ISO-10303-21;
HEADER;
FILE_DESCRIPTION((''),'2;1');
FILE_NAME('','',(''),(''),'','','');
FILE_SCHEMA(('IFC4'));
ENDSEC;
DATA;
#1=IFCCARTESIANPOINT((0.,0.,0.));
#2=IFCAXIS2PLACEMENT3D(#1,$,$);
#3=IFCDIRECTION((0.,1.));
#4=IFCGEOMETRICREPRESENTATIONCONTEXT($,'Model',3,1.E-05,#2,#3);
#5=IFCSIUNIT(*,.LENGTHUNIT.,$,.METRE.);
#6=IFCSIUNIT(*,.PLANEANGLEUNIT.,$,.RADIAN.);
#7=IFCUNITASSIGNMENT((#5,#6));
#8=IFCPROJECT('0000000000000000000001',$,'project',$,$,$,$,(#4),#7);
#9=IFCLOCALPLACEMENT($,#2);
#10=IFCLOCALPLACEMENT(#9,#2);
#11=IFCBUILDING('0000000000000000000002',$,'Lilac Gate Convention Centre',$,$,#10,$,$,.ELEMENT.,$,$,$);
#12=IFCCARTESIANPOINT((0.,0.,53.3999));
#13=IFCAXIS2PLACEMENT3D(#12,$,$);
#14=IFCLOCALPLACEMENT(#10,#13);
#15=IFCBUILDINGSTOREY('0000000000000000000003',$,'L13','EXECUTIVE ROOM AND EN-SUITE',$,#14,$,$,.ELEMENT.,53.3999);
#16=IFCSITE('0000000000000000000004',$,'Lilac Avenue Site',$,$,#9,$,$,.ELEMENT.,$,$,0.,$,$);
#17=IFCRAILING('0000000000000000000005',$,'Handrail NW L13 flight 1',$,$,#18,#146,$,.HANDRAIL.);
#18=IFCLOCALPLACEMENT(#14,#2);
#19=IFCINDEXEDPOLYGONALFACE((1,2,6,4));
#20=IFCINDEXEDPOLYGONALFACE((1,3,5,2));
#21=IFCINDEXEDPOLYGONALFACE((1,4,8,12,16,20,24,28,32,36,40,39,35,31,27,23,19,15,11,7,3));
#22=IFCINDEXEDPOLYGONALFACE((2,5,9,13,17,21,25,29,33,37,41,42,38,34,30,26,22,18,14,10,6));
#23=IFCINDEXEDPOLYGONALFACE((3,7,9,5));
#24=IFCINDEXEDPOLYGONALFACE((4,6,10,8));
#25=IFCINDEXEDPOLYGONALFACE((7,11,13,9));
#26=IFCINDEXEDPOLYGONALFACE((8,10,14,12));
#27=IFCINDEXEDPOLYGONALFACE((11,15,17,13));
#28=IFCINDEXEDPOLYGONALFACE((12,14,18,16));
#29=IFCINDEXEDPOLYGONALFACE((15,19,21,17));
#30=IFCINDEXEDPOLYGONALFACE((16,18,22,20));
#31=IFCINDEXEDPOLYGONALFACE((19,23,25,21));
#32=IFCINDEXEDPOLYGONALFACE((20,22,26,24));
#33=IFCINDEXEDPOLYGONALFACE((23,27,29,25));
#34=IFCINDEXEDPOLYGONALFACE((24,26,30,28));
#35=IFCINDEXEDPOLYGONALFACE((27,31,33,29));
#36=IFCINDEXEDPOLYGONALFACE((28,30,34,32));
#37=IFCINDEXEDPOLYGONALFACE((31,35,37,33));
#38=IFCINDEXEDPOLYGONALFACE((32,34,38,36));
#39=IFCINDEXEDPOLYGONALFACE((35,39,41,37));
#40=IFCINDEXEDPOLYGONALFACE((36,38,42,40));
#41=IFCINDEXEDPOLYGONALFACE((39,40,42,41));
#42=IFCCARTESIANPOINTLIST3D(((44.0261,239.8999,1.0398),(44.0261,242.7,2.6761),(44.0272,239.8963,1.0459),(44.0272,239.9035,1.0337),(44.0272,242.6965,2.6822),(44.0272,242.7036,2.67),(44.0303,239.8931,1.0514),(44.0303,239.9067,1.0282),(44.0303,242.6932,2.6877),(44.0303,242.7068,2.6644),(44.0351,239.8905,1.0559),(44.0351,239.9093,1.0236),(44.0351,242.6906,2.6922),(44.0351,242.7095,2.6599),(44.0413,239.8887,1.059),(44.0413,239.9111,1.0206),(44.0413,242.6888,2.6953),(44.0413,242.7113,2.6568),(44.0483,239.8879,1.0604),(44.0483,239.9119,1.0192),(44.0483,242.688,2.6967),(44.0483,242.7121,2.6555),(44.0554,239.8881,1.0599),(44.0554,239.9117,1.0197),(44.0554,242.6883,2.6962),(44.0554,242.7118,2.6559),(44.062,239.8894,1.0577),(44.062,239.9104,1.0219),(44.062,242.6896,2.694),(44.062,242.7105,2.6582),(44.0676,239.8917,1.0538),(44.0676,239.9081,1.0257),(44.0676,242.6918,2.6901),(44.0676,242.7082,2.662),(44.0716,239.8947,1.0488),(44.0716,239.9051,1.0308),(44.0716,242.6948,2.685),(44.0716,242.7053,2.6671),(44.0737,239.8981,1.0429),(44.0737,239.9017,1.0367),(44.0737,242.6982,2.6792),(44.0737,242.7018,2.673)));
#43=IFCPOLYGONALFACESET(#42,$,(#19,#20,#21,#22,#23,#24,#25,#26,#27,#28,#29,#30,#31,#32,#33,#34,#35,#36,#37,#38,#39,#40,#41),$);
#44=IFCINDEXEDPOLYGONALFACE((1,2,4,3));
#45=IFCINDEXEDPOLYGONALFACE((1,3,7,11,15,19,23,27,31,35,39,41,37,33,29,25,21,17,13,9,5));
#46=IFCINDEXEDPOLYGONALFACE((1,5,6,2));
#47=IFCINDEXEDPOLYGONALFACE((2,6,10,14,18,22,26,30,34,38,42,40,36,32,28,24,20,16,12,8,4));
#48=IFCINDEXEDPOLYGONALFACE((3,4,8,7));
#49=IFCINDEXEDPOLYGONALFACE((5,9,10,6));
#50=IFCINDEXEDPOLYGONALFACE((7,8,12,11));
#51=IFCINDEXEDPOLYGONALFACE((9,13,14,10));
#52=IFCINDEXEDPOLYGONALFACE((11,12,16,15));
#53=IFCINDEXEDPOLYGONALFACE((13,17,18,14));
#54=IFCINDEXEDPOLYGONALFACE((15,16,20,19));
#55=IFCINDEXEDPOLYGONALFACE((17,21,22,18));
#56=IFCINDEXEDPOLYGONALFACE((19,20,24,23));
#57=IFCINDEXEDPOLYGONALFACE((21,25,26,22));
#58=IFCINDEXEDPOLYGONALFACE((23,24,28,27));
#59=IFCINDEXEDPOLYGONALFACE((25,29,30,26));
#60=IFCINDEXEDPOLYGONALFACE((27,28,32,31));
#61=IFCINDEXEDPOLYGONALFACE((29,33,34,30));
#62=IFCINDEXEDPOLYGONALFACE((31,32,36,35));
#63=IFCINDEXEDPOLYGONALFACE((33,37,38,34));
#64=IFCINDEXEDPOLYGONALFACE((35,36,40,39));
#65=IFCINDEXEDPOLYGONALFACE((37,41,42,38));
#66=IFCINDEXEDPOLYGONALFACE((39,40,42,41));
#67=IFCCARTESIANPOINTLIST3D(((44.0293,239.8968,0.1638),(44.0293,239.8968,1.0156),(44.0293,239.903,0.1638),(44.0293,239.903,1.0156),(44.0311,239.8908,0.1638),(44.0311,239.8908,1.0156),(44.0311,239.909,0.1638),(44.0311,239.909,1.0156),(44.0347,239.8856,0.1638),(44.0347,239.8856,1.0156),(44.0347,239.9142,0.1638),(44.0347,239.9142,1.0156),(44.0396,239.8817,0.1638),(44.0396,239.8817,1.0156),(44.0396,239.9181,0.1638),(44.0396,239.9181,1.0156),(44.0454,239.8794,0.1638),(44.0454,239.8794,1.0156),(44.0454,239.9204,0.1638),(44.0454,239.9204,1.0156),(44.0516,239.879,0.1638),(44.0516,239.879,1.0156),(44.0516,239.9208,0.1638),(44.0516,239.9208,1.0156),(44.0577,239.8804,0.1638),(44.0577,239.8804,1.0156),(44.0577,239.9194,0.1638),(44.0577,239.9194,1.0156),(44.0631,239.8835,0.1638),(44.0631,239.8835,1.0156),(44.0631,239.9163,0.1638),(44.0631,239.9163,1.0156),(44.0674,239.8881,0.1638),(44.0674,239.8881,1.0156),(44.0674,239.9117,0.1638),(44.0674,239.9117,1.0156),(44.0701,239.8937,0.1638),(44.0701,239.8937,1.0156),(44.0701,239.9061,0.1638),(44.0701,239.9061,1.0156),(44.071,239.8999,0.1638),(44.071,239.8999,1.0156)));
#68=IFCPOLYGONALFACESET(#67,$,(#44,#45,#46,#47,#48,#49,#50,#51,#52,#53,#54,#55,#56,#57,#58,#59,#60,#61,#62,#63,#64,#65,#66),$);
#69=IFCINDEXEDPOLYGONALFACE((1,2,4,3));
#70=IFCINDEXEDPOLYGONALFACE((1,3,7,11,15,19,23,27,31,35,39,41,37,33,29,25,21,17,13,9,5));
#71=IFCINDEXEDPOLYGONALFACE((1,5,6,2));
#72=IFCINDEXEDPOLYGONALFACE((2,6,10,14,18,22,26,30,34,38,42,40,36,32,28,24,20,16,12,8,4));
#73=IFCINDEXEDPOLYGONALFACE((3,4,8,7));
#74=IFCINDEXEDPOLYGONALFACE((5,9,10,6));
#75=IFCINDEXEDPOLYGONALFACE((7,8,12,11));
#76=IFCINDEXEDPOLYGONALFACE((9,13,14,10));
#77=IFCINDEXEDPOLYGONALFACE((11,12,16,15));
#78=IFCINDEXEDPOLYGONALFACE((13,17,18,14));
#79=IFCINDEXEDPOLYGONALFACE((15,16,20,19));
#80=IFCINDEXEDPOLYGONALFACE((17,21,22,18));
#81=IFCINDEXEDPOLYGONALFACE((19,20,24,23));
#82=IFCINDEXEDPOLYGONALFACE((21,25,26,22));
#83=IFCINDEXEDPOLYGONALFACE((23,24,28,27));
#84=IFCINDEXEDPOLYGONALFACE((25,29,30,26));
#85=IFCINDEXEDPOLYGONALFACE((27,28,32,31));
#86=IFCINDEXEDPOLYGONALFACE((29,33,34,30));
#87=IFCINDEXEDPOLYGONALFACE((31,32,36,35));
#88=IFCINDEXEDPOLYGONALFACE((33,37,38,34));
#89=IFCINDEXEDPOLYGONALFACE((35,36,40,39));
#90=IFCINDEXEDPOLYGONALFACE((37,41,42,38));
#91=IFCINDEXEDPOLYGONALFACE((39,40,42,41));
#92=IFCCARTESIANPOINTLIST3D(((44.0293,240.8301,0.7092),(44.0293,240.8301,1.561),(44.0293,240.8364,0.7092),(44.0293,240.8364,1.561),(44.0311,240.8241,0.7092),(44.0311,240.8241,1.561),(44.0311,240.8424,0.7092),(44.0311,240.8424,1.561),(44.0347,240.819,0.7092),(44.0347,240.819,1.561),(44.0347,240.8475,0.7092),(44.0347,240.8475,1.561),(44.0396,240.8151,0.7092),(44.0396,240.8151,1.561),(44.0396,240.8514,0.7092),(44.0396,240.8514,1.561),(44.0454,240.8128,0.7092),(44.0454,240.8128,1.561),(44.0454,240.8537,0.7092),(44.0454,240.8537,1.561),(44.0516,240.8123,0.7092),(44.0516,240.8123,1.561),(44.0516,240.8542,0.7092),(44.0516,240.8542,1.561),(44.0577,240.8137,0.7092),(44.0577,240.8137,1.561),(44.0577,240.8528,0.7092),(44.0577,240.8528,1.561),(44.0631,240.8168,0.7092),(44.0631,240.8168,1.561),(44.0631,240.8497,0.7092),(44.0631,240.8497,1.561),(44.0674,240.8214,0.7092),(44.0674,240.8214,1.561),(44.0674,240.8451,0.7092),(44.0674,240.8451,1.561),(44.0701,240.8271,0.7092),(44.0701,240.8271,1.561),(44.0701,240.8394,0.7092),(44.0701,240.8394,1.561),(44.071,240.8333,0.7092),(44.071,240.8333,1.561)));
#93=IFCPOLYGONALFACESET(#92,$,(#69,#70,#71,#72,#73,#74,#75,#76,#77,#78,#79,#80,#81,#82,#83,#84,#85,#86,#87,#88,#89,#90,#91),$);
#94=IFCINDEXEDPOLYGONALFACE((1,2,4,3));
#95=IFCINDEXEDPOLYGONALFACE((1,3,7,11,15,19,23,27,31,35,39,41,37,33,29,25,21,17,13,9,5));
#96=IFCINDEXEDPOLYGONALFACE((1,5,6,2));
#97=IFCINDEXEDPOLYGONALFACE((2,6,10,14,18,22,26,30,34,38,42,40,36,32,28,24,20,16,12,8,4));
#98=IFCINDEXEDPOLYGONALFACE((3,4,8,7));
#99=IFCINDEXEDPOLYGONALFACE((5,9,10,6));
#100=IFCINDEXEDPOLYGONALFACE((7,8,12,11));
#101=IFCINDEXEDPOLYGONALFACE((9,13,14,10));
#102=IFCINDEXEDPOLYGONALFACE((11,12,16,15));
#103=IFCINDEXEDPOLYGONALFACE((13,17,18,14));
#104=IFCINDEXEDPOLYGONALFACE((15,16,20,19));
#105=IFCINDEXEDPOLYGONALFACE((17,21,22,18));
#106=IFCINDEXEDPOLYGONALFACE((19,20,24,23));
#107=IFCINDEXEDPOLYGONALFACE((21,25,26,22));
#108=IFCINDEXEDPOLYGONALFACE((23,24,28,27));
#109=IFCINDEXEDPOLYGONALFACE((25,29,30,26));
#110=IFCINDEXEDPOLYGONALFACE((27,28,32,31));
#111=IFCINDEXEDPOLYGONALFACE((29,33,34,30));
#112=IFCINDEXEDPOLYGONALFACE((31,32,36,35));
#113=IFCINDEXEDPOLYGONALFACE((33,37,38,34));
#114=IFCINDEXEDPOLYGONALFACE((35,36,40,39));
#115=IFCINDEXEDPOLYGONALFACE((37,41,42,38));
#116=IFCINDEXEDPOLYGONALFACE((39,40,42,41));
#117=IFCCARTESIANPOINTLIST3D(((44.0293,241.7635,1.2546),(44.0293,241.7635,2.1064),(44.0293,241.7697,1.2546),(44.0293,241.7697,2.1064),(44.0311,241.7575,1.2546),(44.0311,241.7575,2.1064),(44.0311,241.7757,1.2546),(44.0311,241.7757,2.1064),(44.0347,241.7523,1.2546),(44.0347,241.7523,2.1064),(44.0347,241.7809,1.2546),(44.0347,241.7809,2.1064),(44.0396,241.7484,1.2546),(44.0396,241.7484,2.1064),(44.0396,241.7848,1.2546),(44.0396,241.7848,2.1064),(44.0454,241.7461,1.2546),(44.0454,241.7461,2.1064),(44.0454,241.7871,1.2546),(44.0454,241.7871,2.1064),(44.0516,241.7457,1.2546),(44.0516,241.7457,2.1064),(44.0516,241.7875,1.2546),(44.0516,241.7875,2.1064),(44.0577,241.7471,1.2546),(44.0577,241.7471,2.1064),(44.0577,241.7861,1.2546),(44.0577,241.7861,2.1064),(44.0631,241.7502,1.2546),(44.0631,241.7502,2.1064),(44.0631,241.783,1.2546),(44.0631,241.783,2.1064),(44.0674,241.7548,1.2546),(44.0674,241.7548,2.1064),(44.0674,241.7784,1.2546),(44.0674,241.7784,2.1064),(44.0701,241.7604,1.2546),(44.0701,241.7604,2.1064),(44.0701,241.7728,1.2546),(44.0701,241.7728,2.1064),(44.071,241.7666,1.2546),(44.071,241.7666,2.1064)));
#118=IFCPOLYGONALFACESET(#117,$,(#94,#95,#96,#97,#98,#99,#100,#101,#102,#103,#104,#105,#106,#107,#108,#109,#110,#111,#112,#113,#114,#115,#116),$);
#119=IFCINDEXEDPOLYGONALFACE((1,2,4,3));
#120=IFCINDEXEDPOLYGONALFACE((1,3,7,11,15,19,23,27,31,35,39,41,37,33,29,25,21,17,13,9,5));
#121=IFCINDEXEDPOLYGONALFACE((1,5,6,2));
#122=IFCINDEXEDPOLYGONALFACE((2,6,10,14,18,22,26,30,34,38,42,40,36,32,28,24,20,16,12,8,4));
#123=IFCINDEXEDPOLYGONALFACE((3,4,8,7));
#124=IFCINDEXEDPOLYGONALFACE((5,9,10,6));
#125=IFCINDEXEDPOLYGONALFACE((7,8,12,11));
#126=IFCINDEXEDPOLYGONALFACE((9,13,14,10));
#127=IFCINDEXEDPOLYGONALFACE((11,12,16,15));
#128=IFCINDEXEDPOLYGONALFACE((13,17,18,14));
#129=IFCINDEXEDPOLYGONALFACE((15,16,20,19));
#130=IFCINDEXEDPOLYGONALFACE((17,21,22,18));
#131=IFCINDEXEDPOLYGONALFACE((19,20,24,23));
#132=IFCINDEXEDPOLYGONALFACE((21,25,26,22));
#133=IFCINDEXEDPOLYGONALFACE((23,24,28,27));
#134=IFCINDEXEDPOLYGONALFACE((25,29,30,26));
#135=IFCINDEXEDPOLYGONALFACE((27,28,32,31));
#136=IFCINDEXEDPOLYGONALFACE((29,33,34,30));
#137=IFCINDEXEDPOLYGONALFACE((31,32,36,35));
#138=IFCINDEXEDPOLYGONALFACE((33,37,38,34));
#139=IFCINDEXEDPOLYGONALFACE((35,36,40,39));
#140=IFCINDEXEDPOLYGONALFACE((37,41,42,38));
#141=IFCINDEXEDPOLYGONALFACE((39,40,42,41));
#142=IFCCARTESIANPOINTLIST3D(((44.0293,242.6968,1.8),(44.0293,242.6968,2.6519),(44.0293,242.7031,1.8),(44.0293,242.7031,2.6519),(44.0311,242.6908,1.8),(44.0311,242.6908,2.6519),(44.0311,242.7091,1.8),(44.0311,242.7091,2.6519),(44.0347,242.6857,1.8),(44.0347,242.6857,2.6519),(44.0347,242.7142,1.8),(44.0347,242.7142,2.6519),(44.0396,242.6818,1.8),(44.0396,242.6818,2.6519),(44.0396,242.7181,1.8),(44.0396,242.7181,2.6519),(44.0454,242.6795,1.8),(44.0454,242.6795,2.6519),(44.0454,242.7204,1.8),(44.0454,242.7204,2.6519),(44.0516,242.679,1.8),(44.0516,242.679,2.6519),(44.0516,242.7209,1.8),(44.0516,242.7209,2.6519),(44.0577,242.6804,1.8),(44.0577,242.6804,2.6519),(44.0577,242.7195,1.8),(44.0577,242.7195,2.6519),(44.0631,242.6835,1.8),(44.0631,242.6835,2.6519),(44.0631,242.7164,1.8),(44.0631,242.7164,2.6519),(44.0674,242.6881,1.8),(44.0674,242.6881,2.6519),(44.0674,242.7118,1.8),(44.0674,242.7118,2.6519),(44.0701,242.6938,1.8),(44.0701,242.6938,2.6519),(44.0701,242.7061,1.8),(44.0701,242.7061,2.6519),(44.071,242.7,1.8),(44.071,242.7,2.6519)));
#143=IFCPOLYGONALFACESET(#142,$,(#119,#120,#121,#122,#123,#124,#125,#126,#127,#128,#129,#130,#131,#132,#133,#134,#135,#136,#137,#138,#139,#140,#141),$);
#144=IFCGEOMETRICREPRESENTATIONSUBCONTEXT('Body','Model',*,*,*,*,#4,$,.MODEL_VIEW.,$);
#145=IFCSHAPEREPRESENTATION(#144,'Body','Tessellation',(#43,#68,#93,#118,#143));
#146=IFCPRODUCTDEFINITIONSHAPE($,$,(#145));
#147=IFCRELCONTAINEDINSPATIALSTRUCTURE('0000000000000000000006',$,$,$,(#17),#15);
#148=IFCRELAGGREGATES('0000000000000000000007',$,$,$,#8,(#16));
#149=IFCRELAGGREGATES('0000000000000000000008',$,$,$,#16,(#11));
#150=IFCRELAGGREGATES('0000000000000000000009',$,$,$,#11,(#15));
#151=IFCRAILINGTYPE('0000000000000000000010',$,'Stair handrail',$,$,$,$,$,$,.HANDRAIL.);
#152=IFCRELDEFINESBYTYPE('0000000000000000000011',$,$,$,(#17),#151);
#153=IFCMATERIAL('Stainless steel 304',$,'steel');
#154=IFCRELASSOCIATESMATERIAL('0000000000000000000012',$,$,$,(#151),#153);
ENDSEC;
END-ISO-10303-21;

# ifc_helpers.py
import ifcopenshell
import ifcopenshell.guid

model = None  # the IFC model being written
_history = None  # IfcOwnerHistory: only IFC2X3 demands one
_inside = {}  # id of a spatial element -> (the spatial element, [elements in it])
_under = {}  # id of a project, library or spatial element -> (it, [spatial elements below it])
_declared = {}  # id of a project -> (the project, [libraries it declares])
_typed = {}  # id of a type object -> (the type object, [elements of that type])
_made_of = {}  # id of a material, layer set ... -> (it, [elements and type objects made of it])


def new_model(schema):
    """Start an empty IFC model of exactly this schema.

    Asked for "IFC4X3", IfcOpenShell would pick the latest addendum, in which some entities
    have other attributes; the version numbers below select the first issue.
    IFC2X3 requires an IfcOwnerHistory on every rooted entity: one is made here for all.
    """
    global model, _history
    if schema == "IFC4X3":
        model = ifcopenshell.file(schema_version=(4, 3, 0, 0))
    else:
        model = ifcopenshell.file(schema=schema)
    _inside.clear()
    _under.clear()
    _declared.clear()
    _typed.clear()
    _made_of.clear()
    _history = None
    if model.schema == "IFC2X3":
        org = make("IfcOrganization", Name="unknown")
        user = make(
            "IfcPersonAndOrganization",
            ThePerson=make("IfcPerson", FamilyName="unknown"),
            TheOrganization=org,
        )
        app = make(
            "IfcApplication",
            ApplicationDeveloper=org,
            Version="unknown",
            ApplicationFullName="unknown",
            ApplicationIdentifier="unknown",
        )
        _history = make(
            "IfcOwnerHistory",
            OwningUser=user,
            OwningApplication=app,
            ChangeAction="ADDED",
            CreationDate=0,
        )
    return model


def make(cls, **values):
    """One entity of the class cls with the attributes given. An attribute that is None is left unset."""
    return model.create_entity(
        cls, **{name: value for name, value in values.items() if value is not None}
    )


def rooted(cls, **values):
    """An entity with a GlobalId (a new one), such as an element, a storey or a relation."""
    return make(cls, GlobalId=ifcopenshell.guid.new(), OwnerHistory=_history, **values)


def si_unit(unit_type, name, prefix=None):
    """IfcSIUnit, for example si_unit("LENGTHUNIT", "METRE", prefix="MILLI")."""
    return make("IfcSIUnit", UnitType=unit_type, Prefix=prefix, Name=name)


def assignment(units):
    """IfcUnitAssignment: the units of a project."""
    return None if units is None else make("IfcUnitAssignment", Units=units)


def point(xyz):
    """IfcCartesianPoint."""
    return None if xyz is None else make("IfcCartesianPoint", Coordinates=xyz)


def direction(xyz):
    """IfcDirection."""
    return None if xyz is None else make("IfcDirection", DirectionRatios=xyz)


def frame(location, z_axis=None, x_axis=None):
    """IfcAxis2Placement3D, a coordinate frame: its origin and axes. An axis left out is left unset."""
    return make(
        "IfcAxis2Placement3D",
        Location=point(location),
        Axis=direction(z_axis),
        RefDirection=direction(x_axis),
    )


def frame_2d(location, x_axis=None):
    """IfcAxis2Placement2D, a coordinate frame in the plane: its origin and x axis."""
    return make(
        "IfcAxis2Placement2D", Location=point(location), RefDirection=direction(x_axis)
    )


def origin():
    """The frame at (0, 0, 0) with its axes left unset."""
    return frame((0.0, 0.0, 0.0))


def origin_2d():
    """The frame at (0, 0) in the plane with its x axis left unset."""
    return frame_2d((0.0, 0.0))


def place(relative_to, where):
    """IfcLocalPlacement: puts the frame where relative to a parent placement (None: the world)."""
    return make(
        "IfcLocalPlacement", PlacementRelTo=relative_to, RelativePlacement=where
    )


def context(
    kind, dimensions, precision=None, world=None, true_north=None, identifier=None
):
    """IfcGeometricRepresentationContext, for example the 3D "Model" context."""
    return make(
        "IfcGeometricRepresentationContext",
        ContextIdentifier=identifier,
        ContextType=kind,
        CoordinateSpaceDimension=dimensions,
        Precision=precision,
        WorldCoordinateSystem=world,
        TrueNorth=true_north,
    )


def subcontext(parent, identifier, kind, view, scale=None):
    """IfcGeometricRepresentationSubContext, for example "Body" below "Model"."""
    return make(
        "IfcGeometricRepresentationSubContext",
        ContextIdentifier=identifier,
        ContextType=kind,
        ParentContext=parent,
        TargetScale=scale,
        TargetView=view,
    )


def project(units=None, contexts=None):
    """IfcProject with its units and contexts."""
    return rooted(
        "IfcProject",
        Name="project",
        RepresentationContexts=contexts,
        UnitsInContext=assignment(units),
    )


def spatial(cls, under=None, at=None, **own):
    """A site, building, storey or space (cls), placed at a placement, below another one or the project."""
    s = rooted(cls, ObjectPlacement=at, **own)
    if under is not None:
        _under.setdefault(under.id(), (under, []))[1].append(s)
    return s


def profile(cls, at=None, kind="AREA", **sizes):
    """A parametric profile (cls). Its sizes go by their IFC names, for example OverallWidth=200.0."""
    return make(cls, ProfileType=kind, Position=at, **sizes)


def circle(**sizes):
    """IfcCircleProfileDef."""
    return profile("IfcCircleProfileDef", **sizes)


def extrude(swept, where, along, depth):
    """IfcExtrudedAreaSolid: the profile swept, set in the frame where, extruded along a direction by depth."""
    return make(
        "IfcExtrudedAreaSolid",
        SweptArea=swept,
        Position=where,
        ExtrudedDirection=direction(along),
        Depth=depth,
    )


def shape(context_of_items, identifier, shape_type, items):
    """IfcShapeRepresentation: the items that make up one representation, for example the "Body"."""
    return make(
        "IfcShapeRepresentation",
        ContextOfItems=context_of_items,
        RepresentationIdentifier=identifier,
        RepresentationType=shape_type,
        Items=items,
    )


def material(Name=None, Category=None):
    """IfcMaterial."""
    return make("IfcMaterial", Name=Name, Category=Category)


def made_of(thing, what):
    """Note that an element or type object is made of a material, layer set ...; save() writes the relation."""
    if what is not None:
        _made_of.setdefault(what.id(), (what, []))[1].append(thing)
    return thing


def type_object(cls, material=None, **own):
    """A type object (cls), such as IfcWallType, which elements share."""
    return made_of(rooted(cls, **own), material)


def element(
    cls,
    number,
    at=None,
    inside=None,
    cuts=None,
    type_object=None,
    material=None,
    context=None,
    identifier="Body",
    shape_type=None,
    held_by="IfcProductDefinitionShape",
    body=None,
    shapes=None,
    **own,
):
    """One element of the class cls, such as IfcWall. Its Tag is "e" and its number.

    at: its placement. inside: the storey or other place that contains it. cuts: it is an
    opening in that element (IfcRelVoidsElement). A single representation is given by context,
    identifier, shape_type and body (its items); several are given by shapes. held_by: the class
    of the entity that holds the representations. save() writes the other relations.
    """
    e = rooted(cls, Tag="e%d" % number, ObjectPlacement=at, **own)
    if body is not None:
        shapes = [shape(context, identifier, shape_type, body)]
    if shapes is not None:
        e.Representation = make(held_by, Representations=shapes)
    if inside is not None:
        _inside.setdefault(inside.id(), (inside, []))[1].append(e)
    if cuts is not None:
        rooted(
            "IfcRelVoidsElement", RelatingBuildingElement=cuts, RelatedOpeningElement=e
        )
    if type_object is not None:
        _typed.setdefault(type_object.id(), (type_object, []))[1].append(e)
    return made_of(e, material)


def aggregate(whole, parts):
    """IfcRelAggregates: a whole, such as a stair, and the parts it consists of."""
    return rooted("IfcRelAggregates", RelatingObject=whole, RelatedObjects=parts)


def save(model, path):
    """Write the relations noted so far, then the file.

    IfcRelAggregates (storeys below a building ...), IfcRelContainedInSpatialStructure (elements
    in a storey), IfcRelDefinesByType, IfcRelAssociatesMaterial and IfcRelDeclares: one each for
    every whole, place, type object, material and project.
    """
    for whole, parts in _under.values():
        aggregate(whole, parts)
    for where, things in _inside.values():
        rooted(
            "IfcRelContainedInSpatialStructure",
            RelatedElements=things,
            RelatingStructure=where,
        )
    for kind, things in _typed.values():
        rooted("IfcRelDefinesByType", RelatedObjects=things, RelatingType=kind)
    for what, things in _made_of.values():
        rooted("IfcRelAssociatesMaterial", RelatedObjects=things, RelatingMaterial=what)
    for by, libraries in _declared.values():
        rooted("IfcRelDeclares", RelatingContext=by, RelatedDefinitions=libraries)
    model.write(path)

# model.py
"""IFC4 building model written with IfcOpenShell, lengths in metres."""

from ifc_helpers import new_model, si_unit, direction, frame, origin, origin_2d, place, context, subcontext, project, spatial, circle, extrude, material, type_object, element, save


model = new_model("IFC4")

# Units and contexts
model_context = context("Model", 3, precision=1e-05, world=origin(), true_north=direction((0.0, 1.0)))
body_context = subcontext(model_context, "Body", "Model", "MODEL_VIEW")
ifc_project = project(units=[si_unit("LENGTHUNIT", "METRE"), si_unit("PLANEANGLEUNIT", "RADIAN")], contexts=[model_context])

# Site, building, storey
site_placement = place(None, origin())
site = spatial("IfcSite", under=ifc_project, at=site_placement, Name="Lilac Avenue Site", CompositionType="ELEMENT", RefElevation=0.0)
building_placement = place(site_placement, origin())
building = spatial("IfcBuilding", under=site, at=building_placement, Name="Lilac Gate Convention Centre", CompositionType="ELEMENT")
storey_placement = place(building_placement, frame((0.0, 0.0, 53.3999)))
storey = spatial("IfcBuildingStorey", under=building, at=storey_placement, Name="L13", Description="EXECUTIVE ROOM AND EN-SUITE", CompositionType="ELEMENT", Elevation=53.3999)

# Railing
ifc_material_1 = material(Name="Stainless steel 304", Category="steel")
railing_type = type_object("IfcRailingType", Name="Stair handrail", PredefinedType="HANDRAIL", material=ifc_material_1)
for number, where, name in (
    (1, (44.05, 239.8999, 0.1638), "Handrail NW L13 flight 1"),
):
    element("IfcRailing", number, at=place(storey_placement, frame(where)), inside=storey, type_object=railing_type, Name=name, PredefinedType="HANDRAIL", context=body_context, shape_type="SweptSolid", body=[
        extrude(circle(Radius=0.0239, at=origin_2d()), frame((0.0, 0.0, 0.876), z_axis=(0.0, 0.863394, 0.504531), x_axis=(-1.0, 0.0, 0.0)), (0.0, 0.0, 1.0), 3.2432),
        extrude(circle(Radius=0.021, at=origin_2d()), origin(), (0.0, 0.0, 1.0), 0.8518),
        extrude(circle(Radius=0.021, at=origin_2d()), frame((0.0, 0.9333, 0.5454)), (0.0, 0.0, 1.0), 0.8518),
        extrude(circle(Radius=0.021, at=origin_2d()), frame((0.0, 1.8667, 1.0908)), (0.0, 0.0, 1.0), 0.8518),
        extrude(circle(Radius=0.021, at=origin_2d()), frame((0.0, 2.8, 1.6362)), (0.0, 0.0, 1.0), 0.8518),
    ])

save(model, "model.ifc")
